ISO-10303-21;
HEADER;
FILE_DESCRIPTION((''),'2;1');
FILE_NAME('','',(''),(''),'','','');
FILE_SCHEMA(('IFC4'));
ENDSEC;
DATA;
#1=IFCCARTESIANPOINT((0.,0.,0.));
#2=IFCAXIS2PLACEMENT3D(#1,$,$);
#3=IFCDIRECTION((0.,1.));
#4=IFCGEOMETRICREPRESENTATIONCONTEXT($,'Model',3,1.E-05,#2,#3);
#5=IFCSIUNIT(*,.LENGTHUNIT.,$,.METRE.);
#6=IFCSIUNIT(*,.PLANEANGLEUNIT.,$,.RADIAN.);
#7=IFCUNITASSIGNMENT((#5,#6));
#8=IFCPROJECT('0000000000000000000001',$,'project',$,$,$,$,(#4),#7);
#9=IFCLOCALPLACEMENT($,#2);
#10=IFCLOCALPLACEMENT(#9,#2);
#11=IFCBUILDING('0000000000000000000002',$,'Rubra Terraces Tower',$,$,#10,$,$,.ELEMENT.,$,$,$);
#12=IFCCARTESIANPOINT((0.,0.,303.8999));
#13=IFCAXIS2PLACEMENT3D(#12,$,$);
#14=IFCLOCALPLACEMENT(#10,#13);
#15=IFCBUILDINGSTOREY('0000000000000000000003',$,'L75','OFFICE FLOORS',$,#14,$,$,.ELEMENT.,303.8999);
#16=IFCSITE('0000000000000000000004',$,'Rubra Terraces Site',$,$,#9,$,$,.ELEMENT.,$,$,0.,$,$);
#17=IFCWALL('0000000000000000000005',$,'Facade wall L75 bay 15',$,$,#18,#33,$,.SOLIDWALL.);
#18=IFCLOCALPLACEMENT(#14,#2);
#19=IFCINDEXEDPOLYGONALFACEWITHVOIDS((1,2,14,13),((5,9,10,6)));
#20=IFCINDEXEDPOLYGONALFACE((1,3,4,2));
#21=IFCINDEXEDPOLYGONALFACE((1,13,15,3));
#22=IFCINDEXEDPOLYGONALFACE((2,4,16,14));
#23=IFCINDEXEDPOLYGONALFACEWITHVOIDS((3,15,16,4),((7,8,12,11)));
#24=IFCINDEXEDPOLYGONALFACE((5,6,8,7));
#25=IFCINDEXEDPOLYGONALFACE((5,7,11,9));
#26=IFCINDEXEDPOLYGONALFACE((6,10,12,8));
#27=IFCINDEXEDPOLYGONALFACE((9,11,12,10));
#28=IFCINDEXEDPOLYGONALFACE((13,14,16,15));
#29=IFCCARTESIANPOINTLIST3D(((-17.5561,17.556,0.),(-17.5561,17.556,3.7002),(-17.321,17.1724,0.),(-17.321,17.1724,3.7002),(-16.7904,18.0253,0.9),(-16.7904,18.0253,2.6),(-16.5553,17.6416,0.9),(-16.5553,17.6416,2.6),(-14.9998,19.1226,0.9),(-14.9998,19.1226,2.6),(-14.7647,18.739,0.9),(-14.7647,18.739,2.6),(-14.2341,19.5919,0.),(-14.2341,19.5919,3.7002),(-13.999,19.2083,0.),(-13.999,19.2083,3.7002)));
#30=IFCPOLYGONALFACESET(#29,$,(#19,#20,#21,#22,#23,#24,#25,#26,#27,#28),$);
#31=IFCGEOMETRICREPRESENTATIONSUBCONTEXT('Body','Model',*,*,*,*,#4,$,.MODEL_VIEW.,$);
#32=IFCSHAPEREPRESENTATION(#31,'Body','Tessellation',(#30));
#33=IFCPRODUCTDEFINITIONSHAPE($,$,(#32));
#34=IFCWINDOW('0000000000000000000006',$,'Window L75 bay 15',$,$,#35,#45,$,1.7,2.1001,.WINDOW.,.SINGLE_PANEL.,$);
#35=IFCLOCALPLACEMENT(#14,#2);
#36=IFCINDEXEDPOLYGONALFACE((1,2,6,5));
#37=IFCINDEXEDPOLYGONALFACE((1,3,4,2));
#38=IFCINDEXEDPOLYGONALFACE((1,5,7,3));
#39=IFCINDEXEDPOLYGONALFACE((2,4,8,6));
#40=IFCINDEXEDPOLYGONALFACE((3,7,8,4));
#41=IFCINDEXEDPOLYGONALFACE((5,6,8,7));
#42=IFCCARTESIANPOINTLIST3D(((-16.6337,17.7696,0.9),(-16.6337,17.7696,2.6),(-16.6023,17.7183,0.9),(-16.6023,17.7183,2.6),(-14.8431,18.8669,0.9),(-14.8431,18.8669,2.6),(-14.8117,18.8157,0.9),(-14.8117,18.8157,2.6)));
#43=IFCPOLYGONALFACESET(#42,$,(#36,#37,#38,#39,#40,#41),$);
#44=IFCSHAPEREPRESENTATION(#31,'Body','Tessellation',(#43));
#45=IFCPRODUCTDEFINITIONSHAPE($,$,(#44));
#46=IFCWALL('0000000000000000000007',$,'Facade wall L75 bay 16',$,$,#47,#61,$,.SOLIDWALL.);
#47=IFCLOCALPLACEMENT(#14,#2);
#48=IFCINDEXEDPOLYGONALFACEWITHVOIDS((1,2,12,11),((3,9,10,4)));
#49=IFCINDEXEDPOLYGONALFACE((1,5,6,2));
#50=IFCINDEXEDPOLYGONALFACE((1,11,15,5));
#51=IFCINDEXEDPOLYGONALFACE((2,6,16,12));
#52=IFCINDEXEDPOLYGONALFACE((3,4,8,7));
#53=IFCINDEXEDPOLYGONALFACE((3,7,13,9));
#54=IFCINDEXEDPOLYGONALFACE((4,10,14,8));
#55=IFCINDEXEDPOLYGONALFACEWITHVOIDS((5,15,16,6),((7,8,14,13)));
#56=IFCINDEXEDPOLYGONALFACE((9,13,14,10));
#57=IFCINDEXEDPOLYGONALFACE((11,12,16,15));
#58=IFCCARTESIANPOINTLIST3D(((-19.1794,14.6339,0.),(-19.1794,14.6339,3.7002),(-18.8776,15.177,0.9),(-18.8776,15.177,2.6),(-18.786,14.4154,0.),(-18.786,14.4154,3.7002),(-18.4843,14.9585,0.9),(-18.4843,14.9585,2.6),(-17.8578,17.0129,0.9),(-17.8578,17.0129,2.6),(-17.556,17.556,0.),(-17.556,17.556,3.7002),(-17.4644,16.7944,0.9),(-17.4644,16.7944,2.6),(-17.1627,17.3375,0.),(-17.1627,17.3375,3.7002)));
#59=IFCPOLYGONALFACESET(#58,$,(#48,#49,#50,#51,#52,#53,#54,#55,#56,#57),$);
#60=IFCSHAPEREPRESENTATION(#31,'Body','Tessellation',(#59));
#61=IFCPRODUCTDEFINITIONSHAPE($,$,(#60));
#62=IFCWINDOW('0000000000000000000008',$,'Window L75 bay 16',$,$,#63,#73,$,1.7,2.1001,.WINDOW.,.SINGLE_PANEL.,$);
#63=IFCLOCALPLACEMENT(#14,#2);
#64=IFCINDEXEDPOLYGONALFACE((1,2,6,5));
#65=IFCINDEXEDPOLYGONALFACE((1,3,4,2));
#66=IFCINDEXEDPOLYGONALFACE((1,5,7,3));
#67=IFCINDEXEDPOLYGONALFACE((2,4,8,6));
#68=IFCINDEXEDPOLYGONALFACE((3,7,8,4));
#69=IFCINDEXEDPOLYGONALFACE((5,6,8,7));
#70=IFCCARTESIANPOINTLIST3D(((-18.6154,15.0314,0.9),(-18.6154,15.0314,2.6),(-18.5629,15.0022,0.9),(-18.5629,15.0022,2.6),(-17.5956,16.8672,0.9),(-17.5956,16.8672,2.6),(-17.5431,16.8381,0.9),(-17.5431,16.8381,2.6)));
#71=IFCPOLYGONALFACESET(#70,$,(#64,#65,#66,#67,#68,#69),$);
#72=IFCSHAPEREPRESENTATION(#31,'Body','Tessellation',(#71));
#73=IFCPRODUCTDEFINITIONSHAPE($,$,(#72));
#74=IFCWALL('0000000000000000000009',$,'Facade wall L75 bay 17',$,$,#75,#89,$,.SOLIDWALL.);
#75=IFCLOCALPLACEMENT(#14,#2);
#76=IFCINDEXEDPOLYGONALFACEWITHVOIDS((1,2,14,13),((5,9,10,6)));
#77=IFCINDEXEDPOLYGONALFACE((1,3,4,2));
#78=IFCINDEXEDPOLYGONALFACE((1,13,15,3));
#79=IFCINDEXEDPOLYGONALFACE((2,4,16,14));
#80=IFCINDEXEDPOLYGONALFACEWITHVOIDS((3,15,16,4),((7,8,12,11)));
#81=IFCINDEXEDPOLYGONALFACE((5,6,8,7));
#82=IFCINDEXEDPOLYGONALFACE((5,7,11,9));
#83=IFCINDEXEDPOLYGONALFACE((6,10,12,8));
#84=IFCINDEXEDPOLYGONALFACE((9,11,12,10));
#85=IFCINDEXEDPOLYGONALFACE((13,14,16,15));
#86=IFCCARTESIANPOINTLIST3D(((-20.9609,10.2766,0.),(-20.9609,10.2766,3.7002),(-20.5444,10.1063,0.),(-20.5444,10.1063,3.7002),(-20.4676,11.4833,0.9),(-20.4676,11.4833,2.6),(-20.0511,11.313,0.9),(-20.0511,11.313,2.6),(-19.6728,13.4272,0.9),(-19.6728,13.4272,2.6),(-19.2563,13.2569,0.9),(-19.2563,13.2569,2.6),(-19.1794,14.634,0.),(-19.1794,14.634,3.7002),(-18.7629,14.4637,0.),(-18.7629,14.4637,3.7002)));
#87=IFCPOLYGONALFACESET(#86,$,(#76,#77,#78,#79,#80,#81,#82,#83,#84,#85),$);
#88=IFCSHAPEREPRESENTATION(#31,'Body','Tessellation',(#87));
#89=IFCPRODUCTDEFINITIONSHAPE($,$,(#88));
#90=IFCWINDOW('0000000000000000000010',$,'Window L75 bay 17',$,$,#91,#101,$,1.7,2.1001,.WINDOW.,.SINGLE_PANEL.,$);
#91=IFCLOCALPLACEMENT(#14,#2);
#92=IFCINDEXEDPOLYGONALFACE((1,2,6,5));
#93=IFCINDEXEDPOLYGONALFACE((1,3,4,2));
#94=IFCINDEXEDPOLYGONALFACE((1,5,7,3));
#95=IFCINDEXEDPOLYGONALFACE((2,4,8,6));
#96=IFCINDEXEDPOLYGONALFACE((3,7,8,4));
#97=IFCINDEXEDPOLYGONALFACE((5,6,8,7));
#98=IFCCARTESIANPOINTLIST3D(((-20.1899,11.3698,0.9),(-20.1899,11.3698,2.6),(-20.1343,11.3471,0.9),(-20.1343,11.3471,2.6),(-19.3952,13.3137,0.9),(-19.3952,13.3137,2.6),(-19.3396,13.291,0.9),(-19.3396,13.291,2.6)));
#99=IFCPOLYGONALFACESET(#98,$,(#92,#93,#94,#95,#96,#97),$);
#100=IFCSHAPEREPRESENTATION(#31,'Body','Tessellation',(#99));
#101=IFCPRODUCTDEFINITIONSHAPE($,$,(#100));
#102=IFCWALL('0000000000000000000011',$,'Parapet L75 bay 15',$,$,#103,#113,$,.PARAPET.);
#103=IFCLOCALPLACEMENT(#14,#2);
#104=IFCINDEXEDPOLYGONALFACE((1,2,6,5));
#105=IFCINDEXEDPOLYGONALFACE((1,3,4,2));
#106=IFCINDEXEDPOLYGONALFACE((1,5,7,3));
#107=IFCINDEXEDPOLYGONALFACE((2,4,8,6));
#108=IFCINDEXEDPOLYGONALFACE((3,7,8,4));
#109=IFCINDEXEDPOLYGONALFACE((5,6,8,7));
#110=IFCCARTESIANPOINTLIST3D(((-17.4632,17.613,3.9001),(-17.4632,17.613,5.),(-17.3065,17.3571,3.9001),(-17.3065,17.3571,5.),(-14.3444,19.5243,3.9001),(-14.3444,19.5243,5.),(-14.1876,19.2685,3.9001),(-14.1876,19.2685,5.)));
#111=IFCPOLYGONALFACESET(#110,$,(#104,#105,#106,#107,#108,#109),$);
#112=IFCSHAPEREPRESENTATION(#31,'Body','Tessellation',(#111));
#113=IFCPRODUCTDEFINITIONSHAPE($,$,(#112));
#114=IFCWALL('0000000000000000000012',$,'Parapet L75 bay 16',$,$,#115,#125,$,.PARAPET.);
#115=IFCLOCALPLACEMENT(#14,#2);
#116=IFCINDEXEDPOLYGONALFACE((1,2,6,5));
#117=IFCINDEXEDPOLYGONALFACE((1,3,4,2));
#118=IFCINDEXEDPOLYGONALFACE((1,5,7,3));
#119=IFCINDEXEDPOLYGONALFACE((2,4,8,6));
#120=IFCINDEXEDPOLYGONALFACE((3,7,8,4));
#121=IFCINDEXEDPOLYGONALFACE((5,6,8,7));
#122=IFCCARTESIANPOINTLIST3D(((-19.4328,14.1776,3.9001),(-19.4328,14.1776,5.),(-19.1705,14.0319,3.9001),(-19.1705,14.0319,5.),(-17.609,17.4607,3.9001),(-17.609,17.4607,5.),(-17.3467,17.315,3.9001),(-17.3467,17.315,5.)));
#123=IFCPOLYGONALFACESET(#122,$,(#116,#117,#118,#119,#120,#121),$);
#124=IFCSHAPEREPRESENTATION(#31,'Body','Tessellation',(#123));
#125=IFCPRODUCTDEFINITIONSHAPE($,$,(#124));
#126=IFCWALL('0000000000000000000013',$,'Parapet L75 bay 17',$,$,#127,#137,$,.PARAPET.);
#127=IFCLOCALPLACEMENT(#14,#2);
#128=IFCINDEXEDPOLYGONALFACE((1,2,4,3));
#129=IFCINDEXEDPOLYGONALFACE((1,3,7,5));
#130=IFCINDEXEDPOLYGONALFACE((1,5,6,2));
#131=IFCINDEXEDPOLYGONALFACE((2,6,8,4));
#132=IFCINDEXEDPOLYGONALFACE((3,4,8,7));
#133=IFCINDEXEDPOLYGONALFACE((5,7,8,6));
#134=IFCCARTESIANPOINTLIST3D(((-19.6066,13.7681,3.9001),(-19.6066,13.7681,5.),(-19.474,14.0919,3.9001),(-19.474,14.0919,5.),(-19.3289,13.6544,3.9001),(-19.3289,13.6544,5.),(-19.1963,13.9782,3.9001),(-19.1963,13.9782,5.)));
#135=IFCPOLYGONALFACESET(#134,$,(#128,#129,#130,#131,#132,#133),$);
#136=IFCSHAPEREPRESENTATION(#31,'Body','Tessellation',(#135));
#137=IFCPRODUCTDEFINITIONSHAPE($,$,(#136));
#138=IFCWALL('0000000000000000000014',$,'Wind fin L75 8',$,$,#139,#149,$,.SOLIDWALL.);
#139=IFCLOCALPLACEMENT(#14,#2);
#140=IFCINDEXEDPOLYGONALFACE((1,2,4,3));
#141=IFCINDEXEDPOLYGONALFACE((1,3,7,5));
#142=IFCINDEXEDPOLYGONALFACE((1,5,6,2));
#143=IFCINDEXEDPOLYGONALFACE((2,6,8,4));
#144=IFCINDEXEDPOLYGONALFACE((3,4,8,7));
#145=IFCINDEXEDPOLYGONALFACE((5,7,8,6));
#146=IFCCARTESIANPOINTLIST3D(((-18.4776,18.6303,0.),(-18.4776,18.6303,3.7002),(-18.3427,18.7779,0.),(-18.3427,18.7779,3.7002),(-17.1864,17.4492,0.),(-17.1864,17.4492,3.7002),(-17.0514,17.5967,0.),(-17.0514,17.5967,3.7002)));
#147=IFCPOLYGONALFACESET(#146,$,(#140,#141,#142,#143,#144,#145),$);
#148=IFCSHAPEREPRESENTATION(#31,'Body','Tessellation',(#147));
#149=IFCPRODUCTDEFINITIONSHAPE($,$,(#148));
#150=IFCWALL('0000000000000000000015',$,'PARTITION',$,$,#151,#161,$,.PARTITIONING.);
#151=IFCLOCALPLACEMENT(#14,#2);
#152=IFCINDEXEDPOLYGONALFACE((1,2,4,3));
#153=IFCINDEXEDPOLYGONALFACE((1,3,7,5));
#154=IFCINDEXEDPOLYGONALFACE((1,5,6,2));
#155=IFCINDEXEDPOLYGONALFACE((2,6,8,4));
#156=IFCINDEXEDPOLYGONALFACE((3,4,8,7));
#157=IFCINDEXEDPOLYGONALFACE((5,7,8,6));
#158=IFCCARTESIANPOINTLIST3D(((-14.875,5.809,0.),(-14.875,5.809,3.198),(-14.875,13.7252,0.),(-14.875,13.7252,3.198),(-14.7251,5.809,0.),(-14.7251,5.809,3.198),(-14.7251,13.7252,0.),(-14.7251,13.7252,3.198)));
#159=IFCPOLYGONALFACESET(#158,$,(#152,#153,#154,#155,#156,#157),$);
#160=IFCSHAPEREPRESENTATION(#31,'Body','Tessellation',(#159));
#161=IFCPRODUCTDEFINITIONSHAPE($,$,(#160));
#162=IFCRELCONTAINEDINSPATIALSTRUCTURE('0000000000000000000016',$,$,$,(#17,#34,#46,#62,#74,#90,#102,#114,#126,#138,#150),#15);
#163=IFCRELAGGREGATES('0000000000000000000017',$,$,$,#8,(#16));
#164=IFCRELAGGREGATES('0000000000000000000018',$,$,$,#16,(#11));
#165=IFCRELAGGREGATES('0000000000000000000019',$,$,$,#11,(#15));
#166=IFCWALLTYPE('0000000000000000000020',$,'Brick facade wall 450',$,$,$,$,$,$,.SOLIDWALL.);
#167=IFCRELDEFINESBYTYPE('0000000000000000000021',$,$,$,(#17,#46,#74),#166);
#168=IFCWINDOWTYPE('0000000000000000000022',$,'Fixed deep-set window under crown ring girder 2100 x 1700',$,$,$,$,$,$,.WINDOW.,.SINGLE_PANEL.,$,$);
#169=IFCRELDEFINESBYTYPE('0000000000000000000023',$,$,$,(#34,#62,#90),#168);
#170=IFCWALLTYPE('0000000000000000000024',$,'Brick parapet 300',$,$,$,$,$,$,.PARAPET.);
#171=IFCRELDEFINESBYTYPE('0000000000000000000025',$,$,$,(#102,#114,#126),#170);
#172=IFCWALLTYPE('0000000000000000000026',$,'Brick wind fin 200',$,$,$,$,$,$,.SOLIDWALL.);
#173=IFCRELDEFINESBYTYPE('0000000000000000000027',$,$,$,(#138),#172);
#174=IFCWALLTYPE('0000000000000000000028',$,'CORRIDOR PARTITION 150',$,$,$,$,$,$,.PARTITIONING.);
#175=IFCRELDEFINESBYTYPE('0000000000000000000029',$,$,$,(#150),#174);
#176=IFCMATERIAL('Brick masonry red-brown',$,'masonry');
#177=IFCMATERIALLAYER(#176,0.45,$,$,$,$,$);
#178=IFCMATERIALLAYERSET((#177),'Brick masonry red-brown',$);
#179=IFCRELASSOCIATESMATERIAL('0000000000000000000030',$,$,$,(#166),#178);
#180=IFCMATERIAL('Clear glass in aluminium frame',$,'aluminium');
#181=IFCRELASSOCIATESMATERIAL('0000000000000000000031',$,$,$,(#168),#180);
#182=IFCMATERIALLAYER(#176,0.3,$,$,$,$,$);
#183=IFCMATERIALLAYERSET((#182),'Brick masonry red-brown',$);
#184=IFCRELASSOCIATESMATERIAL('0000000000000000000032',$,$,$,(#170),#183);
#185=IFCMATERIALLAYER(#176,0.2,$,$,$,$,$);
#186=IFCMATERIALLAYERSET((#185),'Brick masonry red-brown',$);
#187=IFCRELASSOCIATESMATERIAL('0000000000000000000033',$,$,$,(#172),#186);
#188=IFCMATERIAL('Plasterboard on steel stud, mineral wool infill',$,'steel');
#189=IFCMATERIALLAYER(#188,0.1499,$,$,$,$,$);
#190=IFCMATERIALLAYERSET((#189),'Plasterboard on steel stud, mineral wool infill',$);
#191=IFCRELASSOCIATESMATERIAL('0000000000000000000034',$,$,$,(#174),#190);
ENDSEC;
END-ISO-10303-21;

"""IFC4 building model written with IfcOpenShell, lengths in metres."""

from ifc_helpers import new_model, si_unit, direction, frame, frame_2d, origin, place, context, subcontext, project, spatial, rectangle, extrude, material, layer, layer_set, type_object, element, fill, save


model = new_model("IFC4")

# Units and contexts
model_context = context("Model", 3, precision=1e-05, world=origin(), true_north=direction((0.0, 1.0)))
body_context = subcontext(model_context, "Body", "Model", "MODEL_VIEW")
ifc_project = project(units=[si_unit("LENGTHUNIT", "METRE"), si_unit("PLANEANGLEUNIT", "RADIAN")], contexts=[model_context])

# Site, building, storey
site_placement = place(None, origin())
site = spatial("IfcSite", under=ifc_project, at=site_placement, Name="Rubra Terraces Site", CompositionType="ELEMENT", RefElevation=0.0)
building_placement = place(site_placement, origin())
building = spatial("IfcBuilding", under=site, at=building_placement, Name="Rubra Terraces Tower", CompositionType="ELEMENT")
storey_placement = place(building_placement, frame((0.0, 0.0, 303.8999)))
storey = spatial("IfcBuildingStorey", under=building, at=storey_placement, Name="L75", Description="OFFICE FLOORS", CompositionType="ELEMENT", Elevation=303.8999)

# Walls, openings, windows
ifc_material_1 = material(Name="Brick masonry red-brown", Category="masonry")
ifc_layer_1 = layer(ifc_material_1, 0.45)
ifc_layer_set_1 = layer_set([ifc_layer_1], Name="Brick masonry red-brown")
wall_type_1 = type_object("IfcWallType", Name="Brick facade wall 450", PredefinedType="SOLIDWALL", material=ifc_layer_set_1)
wall_1_placement = place(storey_placement, frame((-14.1165, 19.4001, 0.0), z_axis=(0.0, 0.0, 1.0), x_axis=(-0.852623, -0.522527, 0.0)))
wall_1 = element("IfcWall", 1, at=wall_1_placement, inside=storey, type_object=wall_type_1, Name="Facade wall L75 bay 15", PredefinedType="SOLIDWALL", context=body_context, shape_type="SweptSolid", body=[
    extrude(rectangle(XDim=3.8962, YDim=0.45, at=frame_2d((1.9482, 0.0))), origin(), (0.0, 0.0, 1.0), 3.7002),
])
opening_1_placement = place(wall_1_placement, frame((0.8982, 0.0, 0.8999)))
opening_1 = element("IfcOpeningElement", 2, at=opening_1_placement, cuts=wall_1, PredefinedType="OPENING", context=body_context, shape_type="SweptSolid", body=[
    extrude(rectangle(XDim=2.1001, YDim=1.7, at=frame_2d((1.05, 0.8501))), frame((0.0, 0.2349, 0.0), z_axis=(0.0, -1.0, 0.0), x_axis=(1.0, 0.0, 0.0)), (0.0, 0.0, 1.0), 0.47),
])
ifc_material_2 = material(Name="Clear glass in aluminium frame", Category="aluminium")
window_type = type_object("IfcWindowType", Name="Fixed deep-set window under crown ring girder 2100 x 1700", PartitioningType="SINGLE_PANEL", PredefinedType="WINDOW", material=ifc_material_2)
window_1_placement = place(opening_1_placement, origin())
window_1 = element("IfcWindow", 3, at=window_1_placement, inside=storey, type_object=window_type, Name="Window L75 bay 15", OverallHeight=1.7, OverallWidth=2.1001, PartitioningType="SINGLE_PANEL", PredefinedType="WINDOW", context=body_context, shape_type="SweptSolid", body=[
    extrude(rectangle(XDim=2.1001, YDim=1.7, at=frame_2d((1.05, 0.8501))), frame((0.0, 0.135, 0.0), z_axis=(0.0, -1.0, 0.0), x_axis=(1.0, 0.0, 0.0)), (0.0, 0.0, 1.0), 0.0601),
])
fill(opening_1, window_1)
wall_2_placement = place(storey_placement, frame((-17.3594, 17.4468, 0.0), z_axis=(0.0, 0.0, 1.0), x_axis=(-0.485618, -0.874171, 0.0)))
wall_2 = element("IfcWall", 4, at=wall_2_placement, inside=storey, type_object=wall_type_1, Name="Facade wall L75 bay 16", PredefinedType="SOLIDWALL", context=body_context, shape_type="SweptSolid", body=[
    extrude(rectangle(XDim=3.3428, YDim=0.45, at=frame_2d((1.6714, 0.0))), origin(), (0.0, 0.0, 1.0), 3.7002),
])
opening_2_placement = place(wall_2_placement, frame((0.6213, 0.0, 0.8999)))
opening_2 = element("IfcOpeningElement", 5, at=opening_2_placement, cuts=wall_2, PredefinedType="OPENING", context=body_context, shape_type="SweptSolid", body=[
    extrude(rectangle(XDim=2.1001, YDim=1.7, at=frame_2d((1.05, 0.8501))), frame((0.0, 0.2349, 0.0), z_axis=(0.0, -1.0, 0.0), x_axis=(1.0, 0.0, 0.0)), (0.0, 0.0, 1.0), 0.47),
])
window_2_placement = place(opening_2_placement, origin())
window_2 = element("IfcWindow", 6, at=window_2_placement, inside=storey, type_object=window_type, Name="Window L75 bay 16", OverallHeight=1.7, OverallWidth=2.1001, PartitioningType="SINGLE_PANEL", PredefinedType="WINDOW", context=body_context, shape_type="SweptSolid", body=[
    extrude(rectangle(XDim=2.1001, YDim=1.7, at=frame_2d((1.05, 0.8501))), frame((0.0, 0.135, 0.0), z_axis=(0.0, -1.0, 0.0), x_axis=(1.0, 0.0, 0.0)), (0.0, 0.0, 1.0), 0.0601),
])
fill(opening_2, window_2)
wall_3_placement = place(storey_placement, frame((-18.9712, 14.5488, 0.0), z_axis=(0.0, 0.0, 1.0), x_axis=(-0.378435, -0.925628, 0.0)))
wall_3 = element("IfcWall", 7, at=wall_3_placement, inside=storey, type_object=wall_type_1, Name="Facade wall L75 bay 17", PredefinedType="SOLIDWALL", context=body_context, shape_type="SweptSolid", body=[
    extrude(rectangle(XDim=4.7075, YDim=0.45, at=frame_2d((2.3538, 0.0))), origin(), (0.0, 0.0, 1.0), 3.7002),
])
opening_3_placement = place(wall_3_placement, frame((1.3037, 0.0, 0.8999)))
opening_3 = element("IfcOpeningElement", 8, at=opening_3_placement, cuts=wall_3, PredefinedType="OPENING", context=body_context, shape_type="SweptSolid", body=[
    extrude(rectangle(XDim=2.1001, YDim=1.7, at=frame_2d((1.05, 0.8501))), frame((0.0, 0.2349, 0.0), z_axis=(0.0, -1.0, 0.0), x_axis=(1.0, 0.0, 0.0)), (0.0, 0.0, 1.0), 0.47),
])
window_3_placement = place(opening_3_placement, origin())
window_3 = element("IfcWindow", 9, at=window_3_placement, inside=storey, type_object=window_type, Name="Window L75 bay 17", OverallHeight=1.7, OverallWidth=2.1001, PartitioningType="SINGLE_PANEL", PredefinedType="WINDOW", context=body_context, shape_type="SweptSolid", body=[
    extrude(rectangle(XDim=2.1001, YDim=1.7, at=frame_2d((1.05, 0.8501))), frame((0.0, 0.135, 0.0), z_axis=(0.0, -1.0, 0.0), x_axis=(1.0, 0.0, 0.0)), (0.0, 0.0, 1.0), 0.0601),
])
fill(opening_3, window_3)

# Walls
ifc_layer_2 = layer(ifc_material_1, 0.3)
ifc_layer_set_2 = layer_set([ifc_layer_2], Name="Brick masonry red-brown")
wall_type_2 = type_object("IfcWallType", Name="Brick parapet 300", PredefinedType="PARAPET", material=ifc_layer_set_2)
wall_4_placement = place(storey_placement, frame((-14.2659, 19.3965, 3.9001), z_axis=(0.0, 0.0, 1.0), x_axis=(-0.852626, -0.522521, 0.0)))
element("IfcWall", 10, at=wall_4_placement, inside=storey, type_object=wall_type_2, Name="Parapet L75 bay 15", PredefinedType="PARAPET", context=body_context, shape_type="SweptSolid", body=[
    extrude(rectangle(XDim=3.658, YDim=0.3, at=frame_2d((1.8291, 0.0))), origin(), (0.0, 0.0, 1.0), 1.0999),
])
wall_5_placement = place(storey_placement, frame((-17.4778, 17.3879, 3.9001), z_axis=(0.0, 0.0, 1.0), x_axis=(-0.485615, -0.874173, 0.0)))
element("IfcWall", 11, at=wall_5_placement, inside=storey, type_object=wall_type_2, Name="Parapet L75 bay 16", PredefinedType="PARAPET", context=body_context, shape_type="SweptSolid", body=[
    extrude(rectangle(XDim=3.7556, YDim=0.3, at=frame_2d((1.8779, 0.0))), origin(), (0.0, 0.0, 1.0), 1.0999),
])
wall_6_placement = place(storey_placement, frame((-19.3352, 14.0349, 3.9001), z_axis=(0.0, 0.0, 1.0), x_axis=(-0.378959, -0.925413, 0.0)))
element("IfcWall", 12, at=wall_6_placement, inside=storey, type_object=wall_type_2, Name="Parapet L75 bay 17", PredefinedType="PARAPET", context=body_context, shape_type="SweptSolid", body=[
    extrude(rectangle(XDim=0.3499, YDim=0.3, at=frame_2d((0.1748, 0.0))), origin(), (0.0, 0.0, 1.0), 1.0999),
])
ifc_layer_3 = layer(ifc_material_1, 0.2)
ifc_layer_set_3 = layer_set([ifc_layer_3], Name="Brick masonry red-brown")
wall_type_3 = type_object("IfcWallType", Name="Brick wind fin 200", PredefinedType="SOLIDWALL", material=ifc_layer_set_3)
wall_7_placement = place(storey_placement, frame((-17.1189, 17.5229, 0.0), z_axis=(0.0, 0.0, 1.0), x_axis=(-0.737866, 0.674947, 0.0)))
element("IfcWall", 13, at=wall_7_placement, inside=storey, type_object=wall_type_3, Name="Wind fin L75 8", PredefinedType="SOLIDWALL", context=body_context, shape_type="SweptSolid", body=[
    extrude(rectangle(XDim=1.75, YDim=0.2, at=frame_2d((0.875, 0.0))), origin(), (0.0, 0.0, 1.0), 3.7002),
])
ifc_material_3 = material(Name="Plasterboard on steel stud, mineral wool infill", Category="steel")
ifc_layer_4 = layer(ifc_material_3, 0.1499)
ifc_layer_set_4 = layer_set([ifc_layer_4], Name="Plasterboard on steel stud, mineral wool infill")
wall_type_4 = type_object("IfcWallType", Name="CORRIDOR PARTITION 150", PredefinedType="PARTITIONING", material=ifc_layer_set_4)
wall_8_placement = place(storey_placement, frame((-14.8, 13.7251, 0.0), z_axis=(0.0, 0.0, 1.0), x_axis=(0.0, -1.0, 0.0)))
element("IfcWall", 14, at=wall_8_placement, inside=storey, type_object=wall_type_4, Name="PARTITION", PredefinedType="PARTITIONING", context=body_context, shape_type="SweptSolid", body=[
    extrude(rectangle(XDim=7.9163, YDim=0.1499, at=frame_2d((3.958, 0.0))), origin(), (0.0, 0.0, 1.0), 3.198),
])

save(model, "model.ifc")
